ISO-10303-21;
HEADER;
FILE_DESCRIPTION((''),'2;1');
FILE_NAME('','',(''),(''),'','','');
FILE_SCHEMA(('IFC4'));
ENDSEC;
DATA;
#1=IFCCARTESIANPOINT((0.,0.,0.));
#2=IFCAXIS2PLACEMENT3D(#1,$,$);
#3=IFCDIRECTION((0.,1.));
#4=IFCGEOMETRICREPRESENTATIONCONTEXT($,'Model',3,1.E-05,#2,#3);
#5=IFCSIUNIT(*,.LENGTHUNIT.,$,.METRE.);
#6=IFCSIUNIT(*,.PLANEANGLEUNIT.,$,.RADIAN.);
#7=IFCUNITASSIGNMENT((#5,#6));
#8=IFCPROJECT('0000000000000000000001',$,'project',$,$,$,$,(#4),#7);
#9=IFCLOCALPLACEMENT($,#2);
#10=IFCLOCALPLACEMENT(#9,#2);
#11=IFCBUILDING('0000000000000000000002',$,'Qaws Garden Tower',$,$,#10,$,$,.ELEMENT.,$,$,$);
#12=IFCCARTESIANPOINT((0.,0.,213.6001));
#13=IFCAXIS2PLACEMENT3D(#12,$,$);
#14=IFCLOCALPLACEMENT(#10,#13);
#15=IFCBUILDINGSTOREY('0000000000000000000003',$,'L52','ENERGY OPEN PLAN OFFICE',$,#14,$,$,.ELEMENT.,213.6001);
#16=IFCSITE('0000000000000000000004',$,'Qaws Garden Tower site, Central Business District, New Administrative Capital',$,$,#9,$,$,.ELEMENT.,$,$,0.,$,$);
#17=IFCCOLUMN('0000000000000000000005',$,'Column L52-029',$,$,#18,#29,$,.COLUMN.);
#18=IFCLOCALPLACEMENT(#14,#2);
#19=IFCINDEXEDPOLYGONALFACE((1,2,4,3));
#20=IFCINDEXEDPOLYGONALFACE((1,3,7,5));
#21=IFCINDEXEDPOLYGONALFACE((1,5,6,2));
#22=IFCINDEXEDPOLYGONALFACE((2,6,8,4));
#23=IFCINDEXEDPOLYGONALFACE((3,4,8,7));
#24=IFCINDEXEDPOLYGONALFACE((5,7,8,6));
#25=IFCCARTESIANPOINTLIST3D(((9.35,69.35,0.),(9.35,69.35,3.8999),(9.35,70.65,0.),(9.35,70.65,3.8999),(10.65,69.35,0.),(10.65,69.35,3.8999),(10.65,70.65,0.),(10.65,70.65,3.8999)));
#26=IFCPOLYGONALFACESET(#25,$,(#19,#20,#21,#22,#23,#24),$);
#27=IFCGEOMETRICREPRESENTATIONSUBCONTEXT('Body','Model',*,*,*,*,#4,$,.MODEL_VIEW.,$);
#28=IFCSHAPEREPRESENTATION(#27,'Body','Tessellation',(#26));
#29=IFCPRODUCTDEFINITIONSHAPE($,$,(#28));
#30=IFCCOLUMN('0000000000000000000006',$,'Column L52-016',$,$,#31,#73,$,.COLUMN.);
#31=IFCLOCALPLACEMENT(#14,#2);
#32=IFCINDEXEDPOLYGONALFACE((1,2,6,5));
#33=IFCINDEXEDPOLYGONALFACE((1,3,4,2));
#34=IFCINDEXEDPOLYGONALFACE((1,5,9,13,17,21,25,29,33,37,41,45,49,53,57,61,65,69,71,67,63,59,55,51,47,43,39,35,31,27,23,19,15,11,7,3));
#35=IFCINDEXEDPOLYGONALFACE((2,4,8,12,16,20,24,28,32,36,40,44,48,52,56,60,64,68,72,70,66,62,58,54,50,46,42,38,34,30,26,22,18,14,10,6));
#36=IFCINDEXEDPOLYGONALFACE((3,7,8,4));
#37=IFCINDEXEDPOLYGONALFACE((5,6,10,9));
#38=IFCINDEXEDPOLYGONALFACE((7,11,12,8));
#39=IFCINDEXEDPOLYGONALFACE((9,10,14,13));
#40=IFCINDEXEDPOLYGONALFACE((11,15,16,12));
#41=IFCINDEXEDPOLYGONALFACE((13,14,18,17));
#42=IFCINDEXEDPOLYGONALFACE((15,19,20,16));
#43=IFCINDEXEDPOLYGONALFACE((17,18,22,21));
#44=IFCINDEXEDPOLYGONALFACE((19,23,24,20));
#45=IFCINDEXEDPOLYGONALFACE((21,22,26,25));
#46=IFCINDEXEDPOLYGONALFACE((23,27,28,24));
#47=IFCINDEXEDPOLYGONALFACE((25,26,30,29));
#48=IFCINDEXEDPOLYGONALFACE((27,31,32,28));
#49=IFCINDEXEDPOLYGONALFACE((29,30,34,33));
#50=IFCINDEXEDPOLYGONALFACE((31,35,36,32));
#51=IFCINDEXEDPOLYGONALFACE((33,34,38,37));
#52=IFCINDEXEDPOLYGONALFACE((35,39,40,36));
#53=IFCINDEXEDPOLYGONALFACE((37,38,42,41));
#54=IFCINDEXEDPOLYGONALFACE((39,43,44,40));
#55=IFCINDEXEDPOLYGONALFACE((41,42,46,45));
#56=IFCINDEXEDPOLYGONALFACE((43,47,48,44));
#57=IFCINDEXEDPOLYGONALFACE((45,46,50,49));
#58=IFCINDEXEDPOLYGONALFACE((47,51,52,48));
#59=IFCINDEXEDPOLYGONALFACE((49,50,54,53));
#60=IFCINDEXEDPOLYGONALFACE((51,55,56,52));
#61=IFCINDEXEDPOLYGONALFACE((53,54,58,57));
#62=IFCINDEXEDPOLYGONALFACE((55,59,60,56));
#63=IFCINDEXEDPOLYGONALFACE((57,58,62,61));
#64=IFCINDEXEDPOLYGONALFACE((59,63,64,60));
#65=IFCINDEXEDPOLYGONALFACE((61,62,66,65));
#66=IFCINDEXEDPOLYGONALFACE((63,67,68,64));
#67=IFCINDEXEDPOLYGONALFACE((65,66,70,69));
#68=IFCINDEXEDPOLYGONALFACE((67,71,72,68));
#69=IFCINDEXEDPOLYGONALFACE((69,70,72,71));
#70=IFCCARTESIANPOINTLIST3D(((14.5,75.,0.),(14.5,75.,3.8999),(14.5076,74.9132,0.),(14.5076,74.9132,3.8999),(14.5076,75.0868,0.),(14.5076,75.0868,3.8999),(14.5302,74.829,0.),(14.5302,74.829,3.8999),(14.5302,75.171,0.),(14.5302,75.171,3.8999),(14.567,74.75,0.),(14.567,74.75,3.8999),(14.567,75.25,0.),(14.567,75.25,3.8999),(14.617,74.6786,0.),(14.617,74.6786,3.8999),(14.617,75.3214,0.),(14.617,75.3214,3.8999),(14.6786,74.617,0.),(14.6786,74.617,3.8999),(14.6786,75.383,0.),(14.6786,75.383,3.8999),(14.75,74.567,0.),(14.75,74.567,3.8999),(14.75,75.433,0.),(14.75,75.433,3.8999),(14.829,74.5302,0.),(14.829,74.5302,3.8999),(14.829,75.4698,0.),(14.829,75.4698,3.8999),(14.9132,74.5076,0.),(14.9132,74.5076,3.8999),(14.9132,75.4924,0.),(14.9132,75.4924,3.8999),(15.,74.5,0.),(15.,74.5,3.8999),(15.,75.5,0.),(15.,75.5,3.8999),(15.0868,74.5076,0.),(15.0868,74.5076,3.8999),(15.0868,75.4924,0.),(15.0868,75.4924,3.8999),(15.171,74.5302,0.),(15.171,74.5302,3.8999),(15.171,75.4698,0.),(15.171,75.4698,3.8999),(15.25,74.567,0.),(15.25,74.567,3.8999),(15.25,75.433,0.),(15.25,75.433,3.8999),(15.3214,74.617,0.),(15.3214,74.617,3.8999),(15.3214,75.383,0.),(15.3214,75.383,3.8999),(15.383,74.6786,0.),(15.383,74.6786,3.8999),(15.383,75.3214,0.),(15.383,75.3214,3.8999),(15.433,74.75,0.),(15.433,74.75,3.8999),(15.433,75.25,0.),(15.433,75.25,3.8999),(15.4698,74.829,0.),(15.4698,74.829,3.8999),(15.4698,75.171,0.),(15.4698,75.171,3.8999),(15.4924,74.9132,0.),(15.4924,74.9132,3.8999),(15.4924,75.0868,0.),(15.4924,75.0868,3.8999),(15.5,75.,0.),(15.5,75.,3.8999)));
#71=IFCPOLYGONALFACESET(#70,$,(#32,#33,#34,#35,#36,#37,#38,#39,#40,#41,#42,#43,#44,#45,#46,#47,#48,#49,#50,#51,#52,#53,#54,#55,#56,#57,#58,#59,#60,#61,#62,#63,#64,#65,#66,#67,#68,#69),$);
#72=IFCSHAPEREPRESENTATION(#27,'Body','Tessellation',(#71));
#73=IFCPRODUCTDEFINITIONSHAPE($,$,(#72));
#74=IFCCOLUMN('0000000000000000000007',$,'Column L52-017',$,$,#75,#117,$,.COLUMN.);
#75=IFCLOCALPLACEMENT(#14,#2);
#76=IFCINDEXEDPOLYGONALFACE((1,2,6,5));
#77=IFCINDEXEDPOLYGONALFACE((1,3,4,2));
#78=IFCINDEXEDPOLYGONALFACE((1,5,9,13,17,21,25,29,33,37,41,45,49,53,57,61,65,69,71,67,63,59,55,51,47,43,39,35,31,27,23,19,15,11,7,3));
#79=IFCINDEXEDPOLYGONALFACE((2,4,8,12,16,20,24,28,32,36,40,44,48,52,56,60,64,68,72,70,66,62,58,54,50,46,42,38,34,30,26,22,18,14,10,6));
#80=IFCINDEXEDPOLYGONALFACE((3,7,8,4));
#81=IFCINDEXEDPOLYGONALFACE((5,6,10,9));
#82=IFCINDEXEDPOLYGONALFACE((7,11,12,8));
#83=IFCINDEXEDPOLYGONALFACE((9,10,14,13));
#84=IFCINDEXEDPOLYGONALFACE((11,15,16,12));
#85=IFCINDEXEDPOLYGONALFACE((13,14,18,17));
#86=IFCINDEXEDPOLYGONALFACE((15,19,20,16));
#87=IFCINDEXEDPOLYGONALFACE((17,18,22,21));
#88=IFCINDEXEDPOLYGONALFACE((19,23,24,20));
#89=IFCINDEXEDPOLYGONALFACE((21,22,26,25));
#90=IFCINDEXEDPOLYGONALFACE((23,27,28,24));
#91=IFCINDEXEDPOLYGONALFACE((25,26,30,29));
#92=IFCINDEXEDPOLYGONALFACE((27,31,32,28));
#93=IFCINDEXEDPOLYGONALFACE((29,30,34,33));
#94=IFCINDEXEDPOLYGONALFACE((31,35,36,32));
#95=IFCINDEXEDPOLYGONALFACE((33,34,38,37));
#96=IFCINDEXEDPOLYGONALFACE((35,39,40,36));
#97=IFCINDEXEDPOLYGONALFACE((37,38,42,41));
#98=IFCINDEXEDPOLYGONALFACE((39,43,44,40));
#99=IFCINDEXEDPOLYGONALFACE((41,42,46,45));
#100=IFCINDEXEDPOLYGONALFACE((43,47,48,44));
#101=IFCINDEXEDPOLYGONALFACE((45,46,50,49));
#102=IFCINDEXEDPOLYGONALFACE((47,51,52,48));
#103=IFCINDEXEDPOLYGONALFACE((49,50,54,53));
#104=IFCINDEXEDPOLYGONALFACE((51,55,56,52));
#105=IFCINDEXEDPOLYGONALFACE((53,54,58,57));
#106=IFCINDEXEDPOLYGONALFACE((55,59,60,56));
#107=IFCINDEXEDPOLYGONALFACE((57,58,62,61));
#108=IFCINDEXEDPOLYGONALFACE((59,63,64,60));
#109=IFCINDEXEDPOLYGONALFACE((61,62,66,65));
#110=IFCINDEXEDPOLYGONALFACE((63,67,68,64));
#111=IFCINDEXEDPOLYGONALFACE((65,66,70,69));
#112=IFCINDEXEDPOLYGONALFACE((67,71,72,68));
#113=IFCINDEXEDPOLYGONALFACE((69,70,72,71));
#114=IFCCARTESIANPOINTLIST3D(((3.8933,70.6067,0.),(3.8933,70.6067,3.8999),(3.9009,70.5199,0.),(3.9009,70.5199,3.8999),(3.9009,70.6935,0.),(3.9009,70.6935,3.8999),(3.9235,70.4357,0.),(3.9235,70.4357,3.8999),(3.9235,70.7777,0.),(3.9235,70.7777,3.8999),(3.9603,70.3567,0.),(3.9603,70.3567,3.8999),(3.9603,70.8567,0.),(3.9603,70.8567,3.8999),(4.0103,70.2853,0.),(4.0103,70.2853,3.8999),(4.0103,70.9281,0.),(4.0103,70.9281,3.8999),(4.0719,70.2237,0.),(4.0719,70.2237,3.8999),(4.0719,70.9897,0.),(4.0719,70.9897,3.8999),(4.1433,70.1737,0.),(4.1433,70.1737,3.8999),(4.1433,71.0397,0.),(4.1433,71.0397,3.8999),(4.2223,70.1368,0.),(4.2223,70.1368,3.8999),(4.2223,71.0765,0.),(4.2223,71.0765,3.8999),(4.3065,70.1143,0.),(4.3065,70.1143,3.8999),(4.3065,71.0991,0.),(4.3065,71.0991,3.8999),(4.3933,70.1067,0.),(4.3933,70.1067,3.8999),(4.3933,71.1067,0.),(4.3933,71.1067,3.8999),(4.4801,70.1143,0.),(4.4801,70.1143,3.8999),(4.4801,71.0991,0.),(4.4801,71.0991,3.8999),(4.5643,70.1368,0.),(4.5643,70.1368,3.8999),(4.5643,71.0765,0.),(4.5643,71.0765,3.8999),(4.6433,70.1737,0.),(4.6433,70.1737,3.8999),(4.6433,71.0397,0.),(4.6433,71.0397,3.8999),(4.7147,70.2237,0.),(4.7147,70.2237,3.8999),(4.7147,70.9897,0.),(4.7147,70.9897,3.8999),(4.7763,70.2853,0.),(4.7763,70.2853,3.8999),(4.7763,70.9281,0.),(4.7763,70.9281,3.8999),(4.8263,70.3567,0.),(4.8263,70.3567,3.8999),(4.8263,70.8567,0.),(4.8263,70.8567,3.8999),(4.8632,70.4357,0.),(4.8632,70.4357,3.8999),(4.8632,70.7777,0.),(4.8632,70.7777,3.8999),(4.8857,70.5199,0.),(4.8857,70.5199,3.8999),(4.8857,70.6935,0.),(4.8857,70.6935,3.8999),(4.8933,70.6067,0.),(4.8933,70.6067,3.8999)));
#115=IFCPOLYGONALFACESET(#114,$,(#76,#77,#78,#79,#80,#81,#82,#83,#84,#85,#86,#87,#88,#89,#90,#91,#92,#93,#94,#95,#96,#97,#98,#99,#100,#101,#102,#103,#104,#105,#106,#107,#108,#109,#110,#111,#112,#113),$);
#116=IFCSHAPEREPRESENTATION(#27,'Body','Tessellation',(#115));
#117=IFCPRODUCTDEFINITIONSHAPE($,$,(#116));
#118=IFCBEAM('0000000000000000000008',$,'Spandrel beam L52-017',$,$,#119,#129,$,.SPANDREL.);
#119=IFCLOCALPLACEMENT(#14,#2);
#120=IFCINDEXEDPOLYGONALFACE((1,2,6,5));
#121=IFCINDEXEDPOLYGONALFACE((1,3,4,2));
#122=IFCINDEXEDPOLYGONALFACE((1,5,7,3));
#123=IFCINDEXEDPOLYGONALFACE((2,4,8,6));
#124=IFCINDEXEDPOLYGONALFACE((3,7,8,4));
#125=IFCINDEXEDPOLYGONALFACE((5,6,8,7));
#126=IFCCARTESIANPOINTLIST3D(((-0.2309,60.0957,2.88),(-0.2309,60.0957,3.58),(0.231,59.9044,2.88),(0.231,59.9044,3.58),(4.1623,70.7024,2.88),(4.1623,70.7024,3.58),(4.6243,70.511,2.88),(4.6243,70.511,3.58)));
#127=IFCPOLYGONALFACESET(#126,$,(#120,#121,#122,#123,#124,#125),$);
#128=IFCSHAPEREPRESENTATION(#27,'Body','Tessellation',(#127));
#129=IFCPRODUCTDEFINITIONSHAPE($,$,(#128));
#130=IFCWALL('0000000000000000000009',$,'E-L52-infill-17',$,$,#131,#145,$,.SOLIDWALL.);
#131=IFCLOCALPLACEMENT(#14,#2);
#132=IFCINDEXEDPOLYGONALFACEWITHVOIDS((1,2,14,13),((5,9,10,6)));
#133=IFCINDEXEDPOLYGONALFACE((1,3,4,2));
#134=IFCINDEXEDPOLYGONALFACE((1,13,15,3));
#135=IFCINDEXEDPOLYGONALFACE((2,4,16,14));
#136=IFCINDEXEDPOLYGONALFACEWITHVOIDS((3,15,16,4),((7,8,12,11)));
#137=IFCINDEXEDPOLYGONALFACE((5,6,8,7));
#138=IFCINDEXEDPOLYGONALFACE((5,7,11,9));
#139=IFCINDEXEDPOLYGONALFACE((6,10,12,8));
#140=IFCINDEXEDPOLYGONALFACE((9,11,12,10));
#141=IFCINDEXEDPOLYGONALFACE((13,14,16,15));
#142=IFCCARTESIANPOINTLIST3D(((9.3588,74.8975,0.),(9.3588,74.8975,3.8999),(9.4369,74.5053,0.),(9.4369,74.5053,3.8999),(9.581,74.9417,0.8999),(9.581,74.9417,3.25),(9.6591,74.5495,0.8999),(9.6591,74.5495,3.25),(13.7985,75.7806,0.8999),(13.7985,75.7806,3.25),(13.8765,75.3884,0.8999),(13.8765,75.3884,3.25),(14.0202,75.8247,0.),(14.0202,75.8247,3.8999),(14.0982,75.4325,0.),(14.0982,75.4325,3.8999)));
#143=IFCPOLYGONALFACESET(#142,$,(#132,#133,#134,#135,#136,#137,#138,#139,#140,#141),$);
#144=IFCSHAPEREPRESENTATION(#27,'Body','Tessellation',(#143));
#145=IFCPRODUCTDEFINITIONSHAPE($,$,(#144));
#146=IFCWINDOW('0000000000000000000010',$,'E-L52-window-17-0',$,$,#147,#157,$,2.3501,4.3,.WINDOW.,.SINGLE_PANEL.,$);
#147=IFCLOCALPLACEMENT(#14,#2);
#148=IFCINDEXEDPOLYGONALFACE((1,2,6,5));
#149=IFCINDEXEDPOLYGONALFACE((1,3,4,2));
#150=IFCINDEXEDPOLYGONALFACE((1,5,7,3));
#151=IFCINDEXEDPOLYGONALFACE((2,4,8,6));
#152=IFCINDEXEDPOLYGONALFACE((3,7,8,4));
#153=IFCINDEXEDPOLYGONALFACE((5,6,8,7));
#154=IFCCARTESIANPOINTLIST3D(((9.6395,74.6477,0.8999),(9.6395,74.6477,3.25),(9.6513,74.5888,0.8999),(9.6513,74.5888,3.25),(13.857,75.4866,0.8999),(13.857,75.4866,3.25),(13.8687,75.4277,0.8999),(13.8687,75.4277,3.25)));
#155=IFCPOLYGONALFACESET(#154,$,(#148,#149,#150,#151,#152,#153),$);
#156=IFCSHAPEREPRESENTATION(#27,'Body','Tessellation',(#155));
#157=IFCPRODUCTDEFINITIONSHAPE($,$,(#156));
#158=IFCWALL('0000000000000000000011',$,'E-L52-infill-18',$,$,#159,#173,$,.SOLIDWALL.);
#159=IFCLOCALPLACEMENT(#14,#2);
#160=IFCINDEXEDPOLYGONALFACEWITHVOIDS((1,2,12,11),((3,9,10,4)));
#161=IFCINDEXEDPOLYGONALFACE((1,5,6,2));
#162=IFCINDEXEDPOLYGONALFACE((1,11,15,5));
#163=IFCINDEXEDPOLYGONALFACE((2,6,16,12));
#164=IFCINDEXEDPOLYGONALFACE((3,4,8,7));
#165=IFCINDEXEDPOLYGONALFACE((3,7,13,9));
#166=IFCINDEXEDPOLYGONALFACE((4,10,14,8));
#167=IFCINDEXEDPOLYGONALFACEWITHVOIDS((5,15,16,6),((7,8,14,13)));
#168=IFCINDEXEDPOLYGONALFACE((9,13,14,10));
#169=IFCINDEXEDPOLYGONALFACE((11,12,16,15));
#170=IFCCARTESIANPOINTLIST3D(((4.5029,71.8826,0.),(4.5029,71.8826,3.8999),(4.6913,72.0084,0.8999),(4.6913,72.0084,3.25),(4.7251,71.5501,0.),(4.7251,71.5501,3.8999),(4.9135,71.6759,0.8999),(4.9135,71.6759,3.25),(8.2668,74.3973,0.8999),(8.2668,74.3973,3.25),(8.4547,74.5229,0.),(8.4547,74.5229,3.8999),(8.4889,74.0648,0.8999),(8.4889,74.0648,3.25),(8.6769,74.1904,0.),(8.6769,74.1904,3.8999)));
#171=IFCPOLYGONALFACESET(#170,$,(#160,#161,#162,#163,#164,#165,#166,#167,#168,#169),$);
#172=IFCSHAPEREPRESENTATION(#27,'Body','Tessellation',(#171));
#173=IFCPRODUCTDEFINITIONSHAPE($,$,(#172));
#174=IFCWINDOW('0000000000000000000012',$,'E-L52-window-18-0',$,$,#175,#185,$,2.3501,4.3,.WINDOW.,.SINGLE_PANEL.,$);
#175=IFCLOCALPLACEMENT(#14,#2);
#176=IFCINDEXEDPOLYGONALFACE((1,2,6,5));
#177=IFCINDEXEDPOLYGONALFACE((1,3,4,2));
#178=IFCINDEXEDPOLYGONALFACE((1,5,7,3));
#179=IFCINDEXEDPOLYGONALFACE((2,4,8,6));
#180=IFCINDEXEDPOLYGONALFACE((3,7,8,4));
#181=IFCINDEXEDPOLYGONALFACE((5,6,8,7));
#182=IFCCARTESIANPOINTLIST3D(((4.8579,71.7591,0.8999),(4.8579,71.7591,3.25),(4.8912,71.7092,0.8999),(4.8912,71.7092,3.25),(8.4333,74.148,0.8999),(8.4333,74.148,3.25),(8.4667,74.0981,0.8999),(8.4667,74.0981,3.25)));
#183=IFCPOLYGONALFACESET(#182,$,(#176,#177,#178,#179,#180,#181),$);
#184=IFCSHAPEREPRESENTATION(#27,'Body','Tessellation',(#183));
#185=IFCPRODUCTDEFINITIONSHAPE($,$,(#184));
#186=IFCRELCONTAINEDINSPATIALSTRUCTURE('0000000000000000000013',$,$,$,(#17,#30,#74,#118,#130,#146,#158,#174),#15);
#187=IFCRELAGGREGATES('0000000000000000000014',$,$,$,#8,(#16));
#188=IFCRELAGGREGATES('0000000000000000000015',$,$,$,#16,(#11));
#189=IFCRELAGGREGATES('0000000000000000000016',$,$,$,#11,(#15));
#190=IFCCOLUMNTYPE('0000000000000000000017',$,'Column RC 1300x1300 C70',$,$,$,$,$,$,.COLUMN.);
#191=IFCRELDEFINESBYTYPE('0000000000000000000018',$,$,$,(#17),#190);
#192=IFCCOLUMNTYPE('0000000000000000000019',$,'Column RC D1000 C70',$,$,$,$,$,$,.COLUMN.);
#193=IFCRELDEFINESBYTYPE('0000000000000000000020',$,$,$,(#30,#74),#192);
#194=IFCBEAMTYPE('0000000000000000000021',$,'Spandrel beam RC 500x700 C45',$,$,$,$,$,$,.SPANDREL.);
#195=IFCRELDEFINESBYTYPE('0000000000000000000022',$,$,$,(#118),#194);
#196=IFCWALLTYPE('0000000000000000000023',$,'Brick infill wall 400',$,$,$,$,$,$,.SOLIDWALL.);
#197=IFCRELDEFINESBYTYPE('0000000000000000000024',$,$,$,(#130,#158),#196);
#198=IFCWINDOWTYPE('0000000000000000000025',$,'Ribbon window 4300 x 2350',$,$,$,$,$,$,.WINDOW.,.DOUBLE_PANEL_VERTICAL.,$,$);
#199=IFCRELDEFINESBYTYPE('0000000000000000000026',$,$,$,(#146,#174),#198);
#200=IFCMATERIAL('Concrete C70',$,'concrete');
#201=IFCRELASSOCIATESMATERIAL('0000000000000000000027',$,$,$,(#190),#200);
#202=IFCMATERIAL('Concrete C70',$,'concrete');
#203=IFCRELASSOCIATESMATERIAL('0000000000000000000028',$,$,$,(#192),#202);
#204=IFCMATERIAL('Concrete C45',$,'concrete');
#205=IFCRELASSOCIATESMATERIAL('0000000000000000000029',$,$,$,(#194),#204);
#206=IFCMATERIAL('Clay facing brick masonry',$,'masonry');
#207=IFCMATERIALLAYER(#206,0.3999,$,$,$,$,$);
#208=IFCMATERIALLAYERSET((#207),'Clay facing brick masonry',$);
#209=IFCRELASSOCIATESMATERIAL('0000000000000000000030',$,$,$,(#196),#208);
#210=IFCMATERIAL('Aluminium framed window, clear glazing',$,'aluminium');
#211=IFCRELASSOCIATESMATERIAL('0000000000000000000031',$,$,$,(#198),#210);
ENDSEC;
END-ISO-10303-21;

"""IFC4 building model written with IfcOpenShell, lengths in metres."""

from ifc_helpers import new_model, si_unit, direction, frame, frame_2d, origin, origin_2d, place, context, subcontext, project, spatial, rectangle, circle, extrude, material, layer, layer_set, material_profile, profile_set, type_object, element, fill, save


model = new_model("IFC4")

# Units and contexts
model_context = context("Model", 3, precision=1e-05, world=origin(), true_north=direction((0.0, 1.0)))
body_context = subcontext(model_context, "Body", "Model", "MODEL_VIEW")
ifc_project = project(units=[si_unit("LENGTHUNIT", "METRE"), si_unit("PLANEANGLEUNIT", "RADIAN")], contexts=[model_context])

# Site, building, storey
site_placement = place(None, origin())
site = spatial("IfcSite", under=ifc_project, at=site_placement, Name="Qaws Garden Tower site, Central Business District, New Administrative Capital", CompositionType="ELEMENT", RefElevation=0.0)
building_placement = place(site_placement, origin())
building = spatial("IfcBuilding", under=site, at=building_placement, Name="Qaws Garden Tower", CompositionType="ELEMENT")
storey_placement = place(building_placement, frame((0.0, 0.0, 213.6001)))
storey = spatial("IfcBuildingStorey", under=building, at=storey_placement, Name="L52", Description="ENERGY OPEN PLAN OFFICE", CompositionType="ELEMENT", Elevation=213.6001)

# Columns
ifc_material_1 = material(Name="Concrete C70", Category="concrete")
ifc_material_profile_1 = material_profile(ifc_material_1, rectangle(XDim=1.3, YDim=1.3, at=origin_2d()), Name="RC 1300x1300")
ifc_profile_set_1 = profile_set([ifc_material_profile_1], Name="Concrete C70")
column_type_1 = type_object("IfcColumnType", Name="Column RC 1300x1300 C70", PredefinedType="COLUMN", material=ifc_profile_set_1)
column_placement = place(storey_placement, frame((10.0, 70.0, 0.0), z_axis=(0.0, 0.0, 1.0), x_axis=(1.0, 0.0, 0.0)))
element("IfcColumn", 1, at=column_placement, inside=storey, type_object=column_type_1, Name="Column L52-029", PredefinedType="COLUMN", context=body_context, shape_type="SweptSolid", body=[
    extrude(rectangle(XDim=1.3, YDim=1.3, at=origin_2d()), origin(), (0.0, 0.0, 1.0), 3.8999),
])
ifc_material_2 = material(Name="Concrete C70", Category="concrete")
ifc_material_profile_2 = material_profile(ifc_material_2, circle(Radius=0.5, at=origin_2d()), Name="RC D1000")
ifc_profile_set_2 = profile_set([ifc_material_profile_2], Name="Concrete C70")
column_type_2 = type_object("IfcColumnType", Name="Column RC D1000 C70", PredefinedType="COLUMN", material=ifc_profile_set_2)
for number, where, z_axis, x_axis, name in (
    (2, (15.0, 75.0, 0.0), (0.0, 0.0, 1.0), (1.0, 0.0, 0.0), "Column L52-016"),
    (3, (4.3933, 70.6067, 0.0), (0.0, 0.0, 1.0), (1.0, 0.0, 0.0), "Column L52-017"),
):
    element("IfcColumn", number, at=place(storey_placement, frame(where, z_axis=z_axis, x_axis=x_axis)), inside=storey, type_object=column_type_2, Name=name, PredefinedType="COLUMN", context=body_context, shape_type="SweptSolid", body=[
        extrude(circle(Radius=0.5, at=origin_2d()), origin(), (0.0, 0.0, 1.0), 3.8999),
    ])

# Beam
ifc_material_3 = material(Name="Concrete C45", Category="concrete")
ifc_material_profile_3 = material_profile(ifc_material_3, rectangle(XDim=0.5, YDim=0.7, at=origin_2d()), Name="RC 500x700")
ifc_profile_set_3 = profile_set([ifc_material_profile_3], Name="Concrete C45")
beam_type = type_object("IfcBeamType", Name="Spandrel beam RC 500x700 C45", PredefinedType="SPANDREL", material=ifc_profile_set_3)
beam_placement = place(storey_placement, frame((4.3933, 70.6067, 3.23), z_axis=(-0.382674, -0.923883, 0.0), x_axis=(0.923883, -0.382674, 0.0)))
element("IfcBeam", 4, at=beam_placement, inside=storey, type_object=beam_type, Name="Spandrel beam L52-017", PredefinedType="SPANDREL", context=body_context, shape_type="SweptSolid", body=[
    extrude(rectangle(XDim=0.5, YDim=0.7, at=origin_2d()), origin(), (0.0, 0.0, 1.0), 11.4805),
])

# Walls, openings, windows
ifc_material_4 = material(Name="Clay facing brick masonry", Category="masonry")
ifc_layer_1 = layer(ifc_material_4, 0.3999)
ifc_layer_set_1 = layer_set([ifc_layer_1], Name="Clay facing brick masonry")
wall_type_1 = type_object("IfcWallType", Name="Brick infill wall 400", PredefinedType="SOLIDWALL", material=ifc_layer_set_1)
wall_1_placement = place(storey_placement, frame((14.0593, 75.6287, 0.0), z_axis=(0.0, 0.0, 1.0), x_axis=(-0.980784, -0.195099, 0.0)))
wall_1 = element("IfcWall", 5, at=wall_1_placement, inside=storey, type_object=wall_type_1, Name="E-L52-infill-17", PredefinedType="SOLIDWALL", context=body_context, shape_type="SweptSolid", body=[
    extrude(rectangle(XDim=4.7527, YDim=0.3999, at=frame_2d((2.3765, 0.0))), origin(), (0.0, 0.0, 1.0), 3.8999),
])
opening_1_placement = place(wall_1_placement, frame((0.2263, 0.0, 0.8999)))
opening_1 = element("IfcOpeningElement", 6, at=opening_1_placement, cuts=wall_1, PredefinedType="OPENING", context=body_context, shape_type="SweptSolid", body=[
    extrude(rectangle(XDim=4.3, YDim=2.3501, at=frame_2d((2.1499, 1.175))), frame((0.0, 0.21, 0.0), z_axis=(0.0, -1.0, 0.0), x_axis=(1.0, 0.0, 0.0)), (0.0, 0.0, 1.0), 0.4199),
])
ifc_material_5 = material(Name="Aluminium framed window, clear glazing", Category="aluminium")
window_type = type_object("IfcWindowType", Name="Ribbon window 4300 x 2350", PartitioningType="DOUBLE_PANEL_VERTICAL", PredefinedType="WINDOW", material=ifc_material_5)
window_1_placement = place(opening_1_placement, origin())
window_1 = element("IfcWindow", 7, at=window_1_placement, inside=storey, type_object=window_type, Name="E-L52-window-17-0", OverallHeight=2.3501, OverallWidth=4.3, PartitioningType="SINGLE_PANEL", PredefinedType="WINDOW", context=body_context, shape_type="SweptSolid", body=[
    extrude(rectangle(XDim=4.3, YDim=2.3501, at=frame_2d((2.1499, 1.175))), frame((0.0, 0.1599, 0.0), z_axis=(0.0, -1.0, 0.0), x_axis=(1.0, 0.0, 0.0)), (0.0, 0.0, 1.0), 0.0601),
])
fill(opening_1, window_1)
wall_2_placement = place(storey_placement, frame((8.5659, 74.3567, 0.0), z_axis=(0.0, 0.0, 1.0), x_axis=(-0.831489, -0.555542, 0.0)))
wall_2 = element("IfcWall", 8, at=wall_2_placement, inside=storey, type_object=wall_type_1, Name="E-L52-infill-18", PredefinedType="SOLIDWALL", context=body_context, shape_type="SweptSolid", body=[
    extrude(rectangle(XDim=4.7527, YDim=0.3999, at=frame_2d((2.3765, 0.0))), origin(), (0.0, 0.0, 1.0), 3.8999),
])
opening_2_placement = place(wall_2_placement, frame((0.2263, 0.0, 0.8999)))
opening_2 = element("IfcOpeningElement", 9, at=opening_2_placement, cuts=wall_2, PredefinedType="OPENING", context=body_context, shape_type="SweptSolid", body=[
    extrude(rectangle(XDim=4.3, YDim=2.3501, at=frame_2d((2.1499, 1.175))), frame((0.0, 0.21, 0.0), z_axis=(0.0, -1.0, 0.0), x_axis=(1.0, 0.0, 0.0)), (0.0, 0.0, 1.0), 0.4199),
])
window_2_placement = place(opening_2_placement, origin())
window_2 = element("IfcWindow", 10, at=window_2_placement, inside=storey, type_object=window_type, Name="E-L52-window-18-0", OverallHeight=2.3501, OverallWidth=4.3, PartitioningType="SINGLE_PANEL", PredefinedType="WINDOW", context=body_context, shape_type="SweptSolid", body=[
    extrude(rectangle(XDim=4.3, YDim=2.3501, at=frame_2d((2.1499, 1.175))), frame((0.0, 0.1599, 0.0), z_axis=(0.0, -1.0, 0.0), x_axis=(1.0, 0.0, 0.0)), (0.0, 0.0, 1.0), 0.0601),
])
fill(opening_2, window_2)

save(model, "model.ifc")
